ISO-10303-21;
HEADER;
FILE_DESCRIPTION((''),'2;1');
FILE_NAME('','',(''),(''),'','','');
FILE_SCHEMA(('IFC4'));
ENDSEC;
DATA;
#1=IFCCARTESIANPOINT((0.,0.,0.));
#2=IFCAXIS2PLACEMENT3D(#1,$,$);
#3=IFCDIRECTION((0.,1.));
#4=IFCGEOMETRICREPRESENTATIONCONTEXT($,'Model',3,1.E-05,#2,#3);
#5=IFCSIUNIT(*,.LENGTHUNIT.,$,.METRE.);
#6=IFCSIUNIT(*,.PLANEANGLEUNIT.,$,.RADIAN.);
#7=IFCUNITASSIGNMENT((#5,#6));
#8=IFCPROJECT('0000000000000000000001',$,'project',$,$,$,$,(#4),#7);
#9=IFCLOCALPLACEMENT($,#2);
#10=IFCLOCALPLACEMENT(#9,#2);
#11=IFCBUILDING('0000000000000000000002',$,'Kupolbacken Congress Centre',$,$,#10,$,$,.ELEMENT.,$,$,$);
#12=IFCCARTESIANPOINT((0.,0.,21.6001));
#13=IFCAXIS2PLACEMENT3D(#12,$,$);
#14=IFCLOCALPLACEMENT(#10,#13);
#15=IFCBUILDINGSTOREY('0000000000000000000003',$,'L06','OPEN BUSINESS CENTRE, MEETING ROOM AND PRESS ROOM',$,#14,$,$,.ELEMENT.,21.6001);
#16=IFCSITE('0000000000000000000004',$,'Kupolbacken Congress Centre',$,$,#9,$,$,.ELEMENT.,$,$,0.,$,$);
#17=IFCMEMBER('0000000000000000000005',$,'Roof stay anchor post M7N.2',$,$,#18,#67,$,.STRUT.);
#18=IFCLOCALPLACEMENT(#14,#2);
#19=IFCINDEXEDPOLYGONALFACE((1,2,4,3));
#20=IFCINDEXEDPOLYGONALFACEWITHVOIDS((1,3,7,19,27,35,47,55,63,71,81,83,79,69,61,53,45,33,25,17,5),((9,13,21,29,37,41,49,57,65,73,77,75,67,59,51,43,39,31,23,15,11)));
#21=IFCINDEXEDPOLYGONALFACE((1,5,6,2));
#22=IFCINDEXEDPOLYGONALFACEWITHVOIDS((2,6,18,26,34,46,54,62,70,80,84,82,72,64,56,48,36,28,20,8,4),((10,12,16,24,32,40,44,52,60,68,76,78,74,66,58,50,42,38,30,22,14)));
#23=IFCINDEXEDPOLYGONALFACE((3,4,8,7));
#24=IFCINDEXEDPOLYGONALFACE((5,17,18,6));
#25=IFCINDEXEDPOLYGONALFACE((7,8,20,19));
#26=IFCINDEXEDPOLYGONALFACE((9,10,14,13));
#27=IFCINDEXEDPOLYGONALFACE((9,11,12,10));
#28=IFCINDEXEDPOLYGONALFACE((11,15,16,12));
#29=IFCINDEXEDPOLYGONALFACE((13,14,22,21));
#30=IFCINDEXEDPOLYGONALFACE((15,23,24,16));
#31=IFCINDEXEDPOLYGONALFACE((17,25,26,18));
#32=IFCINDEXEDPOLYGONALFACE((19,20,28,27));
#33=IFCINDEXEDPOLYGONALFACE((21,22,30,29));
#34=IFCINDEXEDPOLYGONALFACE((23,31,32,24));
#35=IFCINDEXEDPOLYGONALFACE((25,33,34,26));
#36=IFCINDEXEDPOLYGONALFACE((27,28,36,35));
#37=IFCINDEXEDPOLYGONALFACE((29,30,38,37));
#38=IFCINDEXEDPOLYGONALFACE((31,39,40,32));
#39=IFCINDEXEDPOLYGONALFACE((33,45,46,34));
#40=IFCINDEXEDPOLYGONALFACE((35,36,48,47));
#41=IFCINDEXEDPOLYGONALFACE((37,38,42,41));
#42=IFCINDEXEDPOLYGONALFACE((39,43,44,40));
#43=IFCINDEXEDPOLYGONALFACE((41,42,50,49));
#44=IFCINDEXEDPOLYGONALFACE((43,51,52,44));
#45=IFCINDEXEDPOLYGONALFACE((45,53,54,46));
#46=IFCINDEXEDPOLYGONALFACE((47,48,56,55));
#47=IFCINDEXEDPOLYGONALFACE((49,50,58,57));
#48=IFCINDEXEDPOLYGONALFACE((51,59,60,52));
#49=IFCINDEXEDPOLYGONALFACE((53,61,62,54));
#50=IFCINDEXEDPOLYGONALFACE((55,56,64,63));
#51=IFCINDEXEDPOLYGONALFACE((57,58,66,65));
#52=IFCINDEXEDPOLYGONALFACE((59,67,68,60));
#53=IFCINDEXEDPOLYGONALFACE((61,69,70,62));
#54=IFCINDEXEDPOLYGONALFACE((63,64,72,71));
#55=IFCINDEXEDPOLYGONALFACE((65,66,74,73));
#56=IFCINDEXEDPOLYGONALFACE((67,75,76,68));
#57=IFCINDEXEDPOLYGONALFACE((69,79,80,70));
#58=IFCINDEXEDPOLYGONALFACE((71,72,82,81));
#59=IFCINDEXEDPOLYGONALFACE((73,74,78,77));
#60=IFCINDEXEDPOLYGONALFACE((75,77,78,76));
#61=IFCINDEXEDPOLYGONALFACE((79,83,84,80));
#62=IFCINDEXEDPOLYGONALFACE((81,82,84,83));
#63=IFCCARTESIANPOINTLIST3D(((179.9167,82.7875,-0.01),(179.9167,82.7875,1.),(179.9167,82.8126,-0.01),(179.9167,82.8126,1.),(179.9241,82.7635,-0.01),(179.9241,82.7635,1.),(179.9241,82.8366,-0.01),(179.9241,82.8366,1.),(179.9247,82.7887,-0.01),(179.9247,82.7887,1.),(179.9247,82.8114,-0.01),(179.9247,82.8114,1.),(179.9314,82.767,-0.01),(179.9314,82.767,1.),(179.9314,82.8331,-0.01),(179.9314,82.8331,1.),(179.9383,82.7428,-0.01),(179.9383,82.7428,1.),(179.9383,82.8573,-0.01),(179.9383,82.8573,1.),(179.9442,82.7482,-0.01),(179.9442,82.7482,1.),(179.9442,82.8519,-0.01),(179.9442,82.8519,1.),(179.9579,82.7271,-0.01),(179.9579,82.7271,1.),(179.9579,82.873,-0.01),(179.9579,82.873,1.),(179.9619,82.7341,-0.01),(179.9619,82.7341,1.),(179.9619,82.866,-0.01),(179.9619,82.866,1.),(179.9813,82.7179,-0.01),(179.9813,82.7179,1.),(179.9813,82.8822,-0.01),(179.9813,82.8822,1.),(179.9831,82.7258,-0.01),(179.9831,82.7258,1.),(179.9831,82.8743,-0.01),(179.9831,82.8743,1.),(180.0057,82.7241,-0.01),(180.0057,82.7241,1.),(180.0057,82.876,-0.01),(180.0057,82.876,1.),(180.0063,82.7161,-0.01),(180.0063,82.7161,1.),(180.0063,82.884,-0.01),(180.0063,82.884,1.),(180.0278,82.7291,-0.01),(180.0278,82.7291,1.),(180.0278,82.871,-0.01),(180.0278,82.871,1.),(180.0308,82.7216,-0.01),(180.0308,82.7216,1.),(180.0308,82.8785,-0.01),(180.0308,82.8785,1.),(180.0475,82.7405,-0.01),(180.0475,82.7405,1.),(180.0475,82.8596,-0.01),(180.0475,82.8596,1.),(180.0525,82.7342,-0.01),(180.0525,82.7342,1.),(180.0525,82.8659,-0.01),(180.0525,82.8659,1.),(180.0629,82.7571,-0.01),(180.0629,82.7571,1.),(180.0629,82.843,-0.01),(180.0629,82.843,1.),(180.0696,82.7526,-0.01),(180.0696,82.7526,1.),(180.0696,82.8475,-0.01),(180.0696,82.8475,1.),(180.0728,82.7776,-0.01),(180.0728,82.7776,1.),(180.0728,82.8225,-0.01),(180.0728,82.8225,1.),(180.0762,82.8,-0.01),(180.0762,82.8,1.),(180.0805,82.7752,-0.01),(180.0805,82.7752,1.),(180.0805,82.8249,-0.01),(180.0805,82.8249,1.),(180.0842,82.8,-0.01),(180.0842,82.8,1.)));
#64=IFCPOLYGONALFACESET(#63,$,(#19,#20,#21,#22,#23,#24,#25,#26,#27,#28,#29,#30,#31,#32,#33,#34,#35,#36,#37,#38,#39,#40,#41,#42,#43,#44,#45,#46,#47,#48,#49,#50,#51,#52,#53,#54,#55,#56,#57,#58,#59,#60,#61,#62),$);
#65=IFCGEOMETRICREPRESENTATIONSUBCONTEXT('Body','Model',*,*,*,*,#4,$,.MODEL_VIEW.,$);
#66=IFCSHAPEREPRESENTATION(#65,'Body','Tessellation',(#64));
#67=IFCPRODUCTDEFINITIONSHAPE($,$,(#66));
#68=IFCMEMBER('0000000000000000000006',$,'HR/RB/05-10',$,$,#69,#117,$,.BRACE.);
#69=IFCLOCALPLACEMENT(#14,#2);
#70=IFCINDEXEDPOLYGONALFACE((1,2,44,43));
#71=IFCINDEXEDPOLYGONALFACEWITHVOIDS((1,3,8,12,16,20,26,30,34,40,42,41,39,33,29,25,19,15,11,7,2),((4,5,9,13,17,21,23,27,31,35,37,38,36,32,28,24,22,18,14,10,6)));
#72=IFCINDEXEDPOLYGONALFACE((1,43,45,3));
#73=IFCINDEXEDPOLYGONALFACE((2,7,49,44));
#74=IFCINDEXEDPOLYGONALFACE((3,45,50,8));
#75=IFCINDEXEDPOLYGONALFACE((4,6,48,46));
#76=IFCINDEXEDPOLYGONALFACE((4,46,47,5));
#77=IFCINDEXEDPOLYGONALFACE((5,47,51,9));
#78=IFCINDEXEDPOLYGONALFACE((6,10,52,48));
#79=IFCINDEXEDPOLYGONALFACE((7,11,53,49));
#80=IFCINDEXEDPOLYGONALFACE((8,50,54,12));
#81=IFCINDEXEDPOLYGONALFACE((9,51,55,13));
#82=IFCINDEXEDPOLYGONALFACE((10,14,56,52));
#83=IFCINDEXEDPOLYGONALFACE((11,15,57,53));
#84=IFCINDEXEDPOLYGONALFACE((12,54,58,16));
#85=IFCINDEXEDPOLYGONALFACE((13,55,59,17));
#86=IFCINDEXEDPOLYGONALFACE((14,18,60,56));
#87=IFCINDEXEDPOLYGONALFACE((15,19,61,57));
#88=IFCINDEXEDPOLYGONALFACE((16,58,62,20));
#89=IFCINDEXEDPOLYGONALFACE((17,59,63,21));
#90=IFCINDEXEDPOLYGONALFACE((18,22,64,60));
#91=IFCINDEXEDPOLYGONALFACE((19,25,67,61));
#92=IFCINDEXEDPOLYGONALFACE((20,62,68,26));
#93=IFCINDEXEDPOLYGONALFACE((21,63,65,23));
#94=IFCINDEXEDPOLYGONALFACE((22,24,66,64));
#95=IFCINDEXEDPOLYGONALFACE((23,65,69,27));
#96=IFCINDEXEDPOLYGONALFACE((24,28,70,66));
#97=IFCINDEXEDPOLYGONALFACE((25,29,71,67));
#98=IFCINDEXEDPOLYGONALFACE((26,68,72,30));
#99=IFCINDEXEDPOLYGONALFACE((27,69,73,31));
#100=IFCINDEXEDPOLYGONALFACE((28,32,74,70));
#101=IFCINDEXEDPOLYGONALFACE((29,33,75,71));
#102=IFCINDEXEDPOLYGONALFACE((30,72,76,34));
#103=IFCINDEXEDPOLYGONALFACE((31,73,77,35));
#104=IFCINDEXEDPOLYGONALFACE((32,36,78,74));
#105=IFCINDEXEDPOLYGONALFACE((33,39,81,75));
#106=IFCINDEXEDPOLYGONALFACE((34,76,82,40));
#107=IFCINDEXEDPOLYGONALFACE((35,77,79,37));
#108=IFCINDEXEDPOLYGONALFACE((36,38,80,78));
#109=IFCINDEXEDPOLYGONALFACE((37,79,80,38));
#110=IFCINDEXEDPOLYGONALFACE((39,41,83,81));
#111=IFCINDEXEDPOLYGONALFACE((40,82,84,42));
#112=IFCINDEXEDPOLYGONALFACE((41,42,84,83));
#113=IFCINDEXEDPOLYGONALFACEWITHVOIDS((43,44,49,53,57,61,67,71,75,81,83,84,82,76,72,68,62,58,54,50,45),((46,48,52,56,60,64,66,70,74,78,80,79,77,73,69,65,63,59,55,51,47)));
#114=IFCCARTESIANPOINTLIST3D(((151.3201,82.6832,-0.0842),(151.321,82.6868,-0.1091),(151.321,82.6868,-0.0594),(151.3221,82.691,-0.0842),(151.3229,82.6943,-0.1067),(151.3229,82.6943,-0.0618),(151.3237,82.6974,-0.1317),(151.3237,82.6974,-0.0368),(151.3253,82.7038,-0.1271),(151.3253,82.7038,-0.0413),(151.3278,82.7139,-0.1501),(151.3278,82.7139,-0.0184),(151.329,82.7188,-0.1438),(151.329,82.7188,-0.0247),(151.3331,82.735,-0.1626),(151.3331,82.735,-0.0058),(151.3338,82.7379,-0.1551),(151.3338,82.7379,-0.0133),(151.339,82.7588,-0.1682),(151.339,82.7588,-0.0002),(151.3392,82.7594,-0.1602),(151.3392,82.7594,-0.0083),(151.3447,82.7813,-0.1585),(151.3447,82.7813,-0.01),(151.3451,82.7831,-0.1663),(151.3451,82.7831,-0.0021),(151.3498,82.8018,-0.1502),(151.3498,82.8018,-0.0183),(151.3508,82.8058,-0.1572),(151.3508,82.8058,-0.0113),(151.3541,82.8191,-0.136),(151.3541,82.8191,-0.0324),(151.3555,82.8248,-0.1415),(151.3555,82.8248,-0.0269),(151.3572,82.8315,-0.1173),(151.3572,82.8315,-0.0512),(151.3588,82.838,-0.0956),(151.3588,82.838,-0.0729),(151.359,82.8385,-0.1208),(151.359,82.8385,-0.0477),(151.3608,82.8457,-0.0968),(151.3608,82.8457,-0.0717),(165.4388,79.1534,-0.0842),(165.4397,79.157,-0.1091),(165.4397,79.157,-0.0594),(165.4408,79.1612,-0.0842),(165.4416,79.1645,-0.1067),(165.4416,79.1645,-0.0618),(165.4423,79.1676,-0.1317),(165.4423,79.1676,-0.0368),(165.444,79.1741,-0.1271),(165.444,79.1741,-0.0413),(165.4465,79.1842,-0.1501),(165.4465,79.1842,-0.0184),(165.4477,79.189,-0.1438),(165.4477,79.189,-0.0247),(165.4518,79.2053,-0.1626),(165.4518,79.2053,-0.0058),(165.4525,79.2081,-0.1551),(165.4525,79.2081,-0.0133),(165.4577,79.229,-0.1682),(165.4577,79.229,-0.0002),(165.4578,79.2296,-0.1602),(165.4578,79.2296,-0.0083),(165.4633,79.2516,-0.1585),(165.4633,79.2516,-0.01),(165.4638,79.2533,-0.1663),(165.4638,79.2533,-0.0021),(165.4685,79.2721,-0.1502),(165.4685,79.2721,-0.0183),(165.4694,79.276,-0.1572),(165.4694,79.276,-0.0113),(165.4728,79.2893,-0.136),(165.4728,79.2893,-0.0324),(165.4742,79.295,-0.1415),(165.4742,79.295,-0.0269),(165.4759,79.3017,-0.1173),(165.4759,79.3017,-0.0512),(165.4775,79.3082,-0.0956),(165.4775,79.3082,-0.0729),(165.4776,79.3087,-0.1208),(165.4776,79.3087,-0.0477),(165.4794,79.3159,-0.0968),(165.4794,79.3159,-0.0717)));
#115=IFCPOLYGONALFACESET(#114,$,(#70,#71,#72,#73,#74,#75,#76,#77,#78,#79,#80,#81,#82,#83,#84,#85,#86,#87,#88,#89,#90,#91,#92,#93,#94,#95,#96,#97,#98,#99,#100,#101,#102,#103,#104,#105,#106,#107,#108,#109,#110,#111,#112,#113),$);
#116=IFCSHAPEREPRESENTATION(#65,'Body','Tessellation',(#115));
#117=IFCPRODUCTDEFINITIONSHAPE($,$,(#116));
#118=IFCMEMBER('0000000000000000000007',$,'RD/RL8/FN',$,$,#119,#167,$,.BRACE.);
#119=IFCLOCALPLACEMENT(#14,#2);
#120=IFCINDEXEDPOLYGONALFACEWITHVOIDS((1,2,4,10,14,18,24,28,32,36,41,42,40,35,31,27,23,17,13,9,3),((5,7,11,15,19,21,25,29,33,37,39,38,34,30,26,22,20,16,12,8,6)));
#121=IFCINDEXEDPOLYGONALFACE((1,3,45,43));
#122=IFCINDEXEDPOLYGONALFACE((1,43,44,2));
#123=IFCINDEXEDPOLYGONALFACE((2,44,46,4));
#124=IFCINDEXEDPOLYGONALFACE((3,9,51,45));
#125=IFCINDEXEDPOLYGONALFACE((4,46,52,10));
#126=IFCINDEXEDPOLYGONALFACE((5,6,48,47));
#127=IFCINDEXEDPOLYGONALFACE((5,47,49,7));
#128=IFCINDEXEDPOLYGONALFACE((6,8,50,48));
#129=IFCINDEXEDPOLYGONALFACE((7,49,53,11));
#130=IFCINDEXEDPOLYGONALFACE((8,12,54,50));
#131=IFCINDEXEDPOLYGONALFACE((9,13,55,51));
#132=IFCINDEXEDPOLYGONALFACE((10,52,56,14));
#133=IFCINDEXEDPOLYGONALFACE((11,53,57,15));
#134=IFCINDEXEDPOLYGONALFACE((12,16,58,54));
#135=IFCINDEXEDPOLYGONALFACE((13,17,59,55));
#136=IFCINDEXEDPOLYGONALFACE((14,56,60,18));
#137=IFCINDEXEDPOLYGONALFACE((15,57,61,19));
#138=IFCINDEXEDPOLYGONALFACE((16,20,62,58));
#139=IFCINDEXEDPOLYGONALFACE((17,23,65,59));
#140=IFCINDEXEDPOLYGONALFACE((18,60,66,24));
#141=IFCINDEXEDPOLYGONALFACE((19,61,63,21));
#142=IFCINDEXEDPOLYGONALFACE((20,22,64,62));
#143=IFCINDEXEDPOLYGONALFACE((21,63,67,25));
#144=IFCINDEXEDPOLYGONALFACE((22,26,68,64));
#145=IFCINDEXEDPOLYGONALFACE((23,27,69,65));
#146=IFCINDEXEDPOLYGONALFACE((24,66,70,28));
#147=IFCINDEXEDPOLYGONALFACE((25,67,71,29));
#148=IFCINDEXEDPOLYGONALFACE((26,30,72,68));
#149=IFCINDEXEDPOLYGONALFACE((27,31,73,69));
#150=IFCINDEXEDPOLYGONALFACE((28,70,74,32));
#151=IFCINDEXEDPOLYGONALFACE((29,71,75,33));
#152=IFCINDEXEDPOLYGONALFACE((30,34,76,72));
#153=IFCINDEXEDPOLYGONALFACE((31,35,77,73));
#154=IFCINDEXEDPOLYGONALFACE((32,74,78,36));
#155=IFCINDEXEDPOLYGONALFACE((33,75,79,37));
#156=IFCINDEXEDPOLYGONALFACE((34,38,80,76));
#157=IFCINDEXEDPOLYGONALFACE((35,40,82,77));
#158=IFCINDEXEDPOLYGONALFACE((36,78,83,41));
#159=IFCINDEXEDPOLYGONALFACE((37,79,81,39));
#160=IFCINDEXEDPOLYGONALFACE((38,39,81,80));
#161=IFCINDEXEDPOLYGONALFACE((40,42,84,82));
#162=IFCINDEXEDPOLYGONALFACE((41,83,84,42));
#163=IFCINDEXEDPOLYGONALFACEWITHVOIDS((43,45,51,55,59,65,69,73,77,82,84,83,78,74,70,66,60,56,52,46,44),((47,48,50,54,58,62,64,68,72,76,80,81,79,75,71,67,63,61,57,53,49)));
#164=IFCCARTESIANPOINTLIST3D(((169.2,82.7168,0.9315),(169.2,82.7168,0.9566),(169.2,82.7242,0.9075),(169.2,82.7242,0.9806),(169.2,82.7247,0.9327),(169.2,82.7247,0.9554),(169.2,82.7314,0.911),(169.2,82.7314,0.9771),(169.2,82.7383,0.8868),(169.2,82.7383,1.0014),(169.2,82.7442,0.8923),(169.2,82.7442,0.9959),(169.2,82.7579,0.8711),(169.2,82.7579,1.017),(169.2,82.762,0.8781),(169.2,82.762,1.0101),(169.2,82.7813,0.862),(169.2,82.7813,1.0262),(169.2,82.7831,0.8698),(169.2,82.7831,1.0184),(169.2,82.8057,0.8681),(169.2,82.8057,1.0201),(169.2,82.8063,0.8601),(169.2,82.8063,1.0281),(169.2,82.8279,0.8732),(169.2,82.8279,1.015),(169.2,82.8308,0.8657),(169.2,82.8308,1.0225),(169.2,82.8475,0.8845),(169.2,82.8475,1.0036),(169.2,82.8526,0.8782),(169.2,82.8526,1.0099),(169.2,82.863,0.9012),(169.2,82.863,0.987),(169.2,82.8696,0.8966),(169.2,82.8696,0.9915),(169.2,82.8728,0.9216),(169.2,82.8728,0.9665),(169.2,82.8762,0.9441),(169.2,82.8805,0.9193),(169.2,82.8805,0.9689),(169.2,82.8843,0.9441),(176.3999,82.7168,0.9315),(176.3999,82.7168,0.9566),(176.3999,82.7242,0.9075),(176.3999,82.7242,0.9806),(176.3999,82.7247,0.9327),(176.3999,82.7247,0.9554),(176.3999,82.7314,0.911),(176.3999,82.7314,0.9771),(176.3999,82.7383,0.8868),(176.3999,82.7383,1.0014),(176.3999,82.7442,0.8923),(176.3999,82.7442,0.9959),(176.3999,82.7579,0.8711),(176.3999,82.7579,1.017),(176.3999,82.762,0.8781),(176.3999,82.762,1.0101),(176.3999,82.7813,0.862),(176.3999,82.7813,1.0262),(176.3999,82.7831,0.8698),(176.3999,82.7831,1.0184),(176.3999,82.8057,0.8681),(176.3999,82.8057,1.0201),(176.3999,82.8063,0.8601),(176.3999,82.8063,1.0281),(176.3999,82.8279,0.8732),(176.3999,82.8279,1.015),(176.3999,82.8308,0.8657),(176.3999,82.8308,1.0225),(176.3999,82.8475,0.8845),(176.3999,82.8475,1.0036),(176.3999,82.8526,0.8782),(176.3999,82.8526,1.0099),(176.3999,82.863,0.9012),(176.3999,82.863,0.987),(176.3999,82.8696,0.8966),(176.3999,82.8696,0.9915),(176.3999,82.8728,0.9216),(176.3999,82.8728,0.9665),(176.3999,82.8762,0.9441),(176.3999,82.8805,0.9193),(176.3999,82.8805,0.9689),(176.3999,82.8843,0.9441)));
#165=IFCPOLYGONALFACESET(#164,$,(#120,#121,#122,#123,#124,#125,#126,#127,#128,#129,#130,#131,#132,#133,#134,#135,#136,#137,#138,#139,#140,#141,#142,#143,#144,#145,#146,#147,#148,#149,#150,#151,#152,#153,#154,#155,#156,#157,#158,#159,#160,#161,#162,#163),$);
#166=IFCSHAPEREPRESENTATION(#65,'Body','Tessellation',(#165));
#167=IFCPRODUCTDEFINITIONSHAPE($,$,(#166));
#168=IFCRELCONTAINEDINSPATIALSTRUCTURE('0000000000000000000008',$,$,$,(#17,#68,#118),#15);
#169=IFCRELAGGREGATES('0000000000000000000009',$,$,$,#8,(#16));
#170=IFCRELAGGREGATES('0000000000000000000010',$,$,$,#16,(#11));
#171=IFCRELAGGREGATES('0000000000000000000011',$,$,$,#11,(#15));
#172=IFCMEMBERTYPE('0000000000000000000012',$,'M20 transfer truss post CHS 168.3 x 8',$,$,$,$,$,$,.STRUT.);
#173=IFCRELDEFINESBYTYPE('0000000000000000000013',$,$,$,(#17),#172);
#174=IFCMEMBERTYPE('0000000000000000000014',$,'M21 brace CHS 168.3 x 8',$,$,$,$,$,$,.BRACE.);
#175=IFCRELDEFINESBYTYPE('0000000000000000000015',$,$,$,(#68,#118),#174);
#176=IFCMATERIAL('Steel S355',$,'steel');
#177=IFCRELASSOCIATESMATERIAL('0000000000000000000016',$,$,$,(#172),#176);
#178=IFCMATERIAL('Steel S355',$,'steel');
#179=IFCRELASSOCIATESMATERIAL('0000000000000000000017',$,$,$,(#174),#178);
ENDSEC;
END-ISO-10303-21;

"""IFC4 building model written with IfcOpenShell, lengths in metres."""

from ifc_helpers import new_model, si_unit, direction, frame, origin, origin_2d, place, context, subcontext, project, spatial, hollow_circle, extrude, material, material_profile, profile_set, type_object, element, save


model = new_model("IFC4")

# Units and contexts
model_context = context("Model", 3, precision=1e-05, world=origin(), true_north=direction((0.0, 1.0)))
body_context = subcontext(model_context, "Body", "Model", "MODEL_VIEW")
ifc_project = project(units=[si_unit("LENGTHUNIT", "METRE"), si_unit("PLANEANGLEUNIT", "RADIAN")], contexts=[model_context])

# Site, building, storey
site_placement = place(None, origin())
site = spatial("IfcSite", under=ifc_project, at=site_placement, Name="Kupolbacken Congress Centre", CompositionType="ELEMENT", RefElevation=0.0)
building_placement = place(site_placement, origin())
building = spatial("IfcBuilding", under=site, at=building_placement, Name="Kupolbacken Congress Centre", CompositionType="ELEMENT")
storey_placement = place(building_placement, frame((0.0, 0.0, 21.6001)))
storey = spatial("IfcBuildingStorey", under=building, at=storey_placement, Name="L06", Description="OPEN BUSINESS CENTRE, MEETING ROOM AND PRESS ROOM", CompositionType="ELEMENT", Elevation=21.6001)

# Members
ifc_material_1 = material(Name="Steel S355", Category="steel")
ifc_material_profile_1 = material_profile(ifc_material_1, hollow_circle(Radius=0.0842, WallThickness=0.0081, at=origin_2d()), Name="CHS 168.3 x 8")
ifc_profile_set_1 = profile_set([ifc_material_profile_1], Name="Steel S355")
member_type_1 = type_object("IfcMemberType", Name="M20 transfer truss post CHS 168.3 x 8", PredefinedType="STRUT", material=ifc_profile_set_1)
for number, where, z_axis, x_axis, name in (
    (1, (180.0, 82.8, -0.01), (0.0, 0.0, 1.0), (1.0, 0.0, 0.0), "Roof stay anchor post M7N.2"),
):
    element("IfcMember", number, at=place(storey_placement, frame(where, z_axis=z_axis, x_axis=x_axis)), inside=storey, type_object=member_type_1, Name=name, PredefinedType="STRUT", context=body_context, shape_type="SweptSolid", body=[
        extrude(hollow_circle(Radius=0.0842, WallThickness=0.0081, at=origin_2d()), origin(), (0.0, 0.0, 1.0), 1.01),
    ])
ifc_material_2 = material(Name="Steel S355", Category="steel")
ifc_material_profile_2 = material_profile(ifc_material_2, hollow_circle(Radius=0.0842, WallThickness=0.0081, at=origin_2d()), Name="CHS 168.3 x 8")
ifc_profile_set_2 = profile_set([ifc_material_profile_2], Name="Steel S355")
member_type_2 = type_object("IfcMemberType", Name="M21 brace CHS 168.3 x 8", PredefinedType="BRACE", material=ifc_profile_set_2)
member_1_placement = place(storey_placement, frame((165.4592, 79.2351, -0.0842), z_axis=(-0.970141, 0.242544, 0.0), x_axis=(-0.242544, -0.970141, 0.0)))
element("IfcMember", 2, at=member_1_placement, inside=storey, type_object=member_type_2, Name="HR/RB/05-10", PredefinedType="BRACE", context=body_context, shape_type="SweptSolid", body=[
    extrude(hollow_circle(Radius=0.0842, WallThickness=0.0081, at=origin_2d()), origin(), (0.0, 0.0, 1.0), 14.5532),
])
member_2_placement = place(storey_placement, frame((169.2, 82.8, 0.9441), z_axis=(1.0, 0.0, 0.0), x_axis=(0.0, 1.0, 0.0)))
element("IfcMember", 3, at=member_2_placement, inside=storey, type_object=member_type_2, Name="RD/RL8/FN", PredefinedType="BRACE", context=body_context, shape_type="SweptSolid", body=[
    extrude(hollow_circle(Radius=0.0842, WallThickness=0.0081, at=origin_2d()), origin(), (0.0, 0.0, 1.0), 7.2),
])

save(model, "model.ifc")
